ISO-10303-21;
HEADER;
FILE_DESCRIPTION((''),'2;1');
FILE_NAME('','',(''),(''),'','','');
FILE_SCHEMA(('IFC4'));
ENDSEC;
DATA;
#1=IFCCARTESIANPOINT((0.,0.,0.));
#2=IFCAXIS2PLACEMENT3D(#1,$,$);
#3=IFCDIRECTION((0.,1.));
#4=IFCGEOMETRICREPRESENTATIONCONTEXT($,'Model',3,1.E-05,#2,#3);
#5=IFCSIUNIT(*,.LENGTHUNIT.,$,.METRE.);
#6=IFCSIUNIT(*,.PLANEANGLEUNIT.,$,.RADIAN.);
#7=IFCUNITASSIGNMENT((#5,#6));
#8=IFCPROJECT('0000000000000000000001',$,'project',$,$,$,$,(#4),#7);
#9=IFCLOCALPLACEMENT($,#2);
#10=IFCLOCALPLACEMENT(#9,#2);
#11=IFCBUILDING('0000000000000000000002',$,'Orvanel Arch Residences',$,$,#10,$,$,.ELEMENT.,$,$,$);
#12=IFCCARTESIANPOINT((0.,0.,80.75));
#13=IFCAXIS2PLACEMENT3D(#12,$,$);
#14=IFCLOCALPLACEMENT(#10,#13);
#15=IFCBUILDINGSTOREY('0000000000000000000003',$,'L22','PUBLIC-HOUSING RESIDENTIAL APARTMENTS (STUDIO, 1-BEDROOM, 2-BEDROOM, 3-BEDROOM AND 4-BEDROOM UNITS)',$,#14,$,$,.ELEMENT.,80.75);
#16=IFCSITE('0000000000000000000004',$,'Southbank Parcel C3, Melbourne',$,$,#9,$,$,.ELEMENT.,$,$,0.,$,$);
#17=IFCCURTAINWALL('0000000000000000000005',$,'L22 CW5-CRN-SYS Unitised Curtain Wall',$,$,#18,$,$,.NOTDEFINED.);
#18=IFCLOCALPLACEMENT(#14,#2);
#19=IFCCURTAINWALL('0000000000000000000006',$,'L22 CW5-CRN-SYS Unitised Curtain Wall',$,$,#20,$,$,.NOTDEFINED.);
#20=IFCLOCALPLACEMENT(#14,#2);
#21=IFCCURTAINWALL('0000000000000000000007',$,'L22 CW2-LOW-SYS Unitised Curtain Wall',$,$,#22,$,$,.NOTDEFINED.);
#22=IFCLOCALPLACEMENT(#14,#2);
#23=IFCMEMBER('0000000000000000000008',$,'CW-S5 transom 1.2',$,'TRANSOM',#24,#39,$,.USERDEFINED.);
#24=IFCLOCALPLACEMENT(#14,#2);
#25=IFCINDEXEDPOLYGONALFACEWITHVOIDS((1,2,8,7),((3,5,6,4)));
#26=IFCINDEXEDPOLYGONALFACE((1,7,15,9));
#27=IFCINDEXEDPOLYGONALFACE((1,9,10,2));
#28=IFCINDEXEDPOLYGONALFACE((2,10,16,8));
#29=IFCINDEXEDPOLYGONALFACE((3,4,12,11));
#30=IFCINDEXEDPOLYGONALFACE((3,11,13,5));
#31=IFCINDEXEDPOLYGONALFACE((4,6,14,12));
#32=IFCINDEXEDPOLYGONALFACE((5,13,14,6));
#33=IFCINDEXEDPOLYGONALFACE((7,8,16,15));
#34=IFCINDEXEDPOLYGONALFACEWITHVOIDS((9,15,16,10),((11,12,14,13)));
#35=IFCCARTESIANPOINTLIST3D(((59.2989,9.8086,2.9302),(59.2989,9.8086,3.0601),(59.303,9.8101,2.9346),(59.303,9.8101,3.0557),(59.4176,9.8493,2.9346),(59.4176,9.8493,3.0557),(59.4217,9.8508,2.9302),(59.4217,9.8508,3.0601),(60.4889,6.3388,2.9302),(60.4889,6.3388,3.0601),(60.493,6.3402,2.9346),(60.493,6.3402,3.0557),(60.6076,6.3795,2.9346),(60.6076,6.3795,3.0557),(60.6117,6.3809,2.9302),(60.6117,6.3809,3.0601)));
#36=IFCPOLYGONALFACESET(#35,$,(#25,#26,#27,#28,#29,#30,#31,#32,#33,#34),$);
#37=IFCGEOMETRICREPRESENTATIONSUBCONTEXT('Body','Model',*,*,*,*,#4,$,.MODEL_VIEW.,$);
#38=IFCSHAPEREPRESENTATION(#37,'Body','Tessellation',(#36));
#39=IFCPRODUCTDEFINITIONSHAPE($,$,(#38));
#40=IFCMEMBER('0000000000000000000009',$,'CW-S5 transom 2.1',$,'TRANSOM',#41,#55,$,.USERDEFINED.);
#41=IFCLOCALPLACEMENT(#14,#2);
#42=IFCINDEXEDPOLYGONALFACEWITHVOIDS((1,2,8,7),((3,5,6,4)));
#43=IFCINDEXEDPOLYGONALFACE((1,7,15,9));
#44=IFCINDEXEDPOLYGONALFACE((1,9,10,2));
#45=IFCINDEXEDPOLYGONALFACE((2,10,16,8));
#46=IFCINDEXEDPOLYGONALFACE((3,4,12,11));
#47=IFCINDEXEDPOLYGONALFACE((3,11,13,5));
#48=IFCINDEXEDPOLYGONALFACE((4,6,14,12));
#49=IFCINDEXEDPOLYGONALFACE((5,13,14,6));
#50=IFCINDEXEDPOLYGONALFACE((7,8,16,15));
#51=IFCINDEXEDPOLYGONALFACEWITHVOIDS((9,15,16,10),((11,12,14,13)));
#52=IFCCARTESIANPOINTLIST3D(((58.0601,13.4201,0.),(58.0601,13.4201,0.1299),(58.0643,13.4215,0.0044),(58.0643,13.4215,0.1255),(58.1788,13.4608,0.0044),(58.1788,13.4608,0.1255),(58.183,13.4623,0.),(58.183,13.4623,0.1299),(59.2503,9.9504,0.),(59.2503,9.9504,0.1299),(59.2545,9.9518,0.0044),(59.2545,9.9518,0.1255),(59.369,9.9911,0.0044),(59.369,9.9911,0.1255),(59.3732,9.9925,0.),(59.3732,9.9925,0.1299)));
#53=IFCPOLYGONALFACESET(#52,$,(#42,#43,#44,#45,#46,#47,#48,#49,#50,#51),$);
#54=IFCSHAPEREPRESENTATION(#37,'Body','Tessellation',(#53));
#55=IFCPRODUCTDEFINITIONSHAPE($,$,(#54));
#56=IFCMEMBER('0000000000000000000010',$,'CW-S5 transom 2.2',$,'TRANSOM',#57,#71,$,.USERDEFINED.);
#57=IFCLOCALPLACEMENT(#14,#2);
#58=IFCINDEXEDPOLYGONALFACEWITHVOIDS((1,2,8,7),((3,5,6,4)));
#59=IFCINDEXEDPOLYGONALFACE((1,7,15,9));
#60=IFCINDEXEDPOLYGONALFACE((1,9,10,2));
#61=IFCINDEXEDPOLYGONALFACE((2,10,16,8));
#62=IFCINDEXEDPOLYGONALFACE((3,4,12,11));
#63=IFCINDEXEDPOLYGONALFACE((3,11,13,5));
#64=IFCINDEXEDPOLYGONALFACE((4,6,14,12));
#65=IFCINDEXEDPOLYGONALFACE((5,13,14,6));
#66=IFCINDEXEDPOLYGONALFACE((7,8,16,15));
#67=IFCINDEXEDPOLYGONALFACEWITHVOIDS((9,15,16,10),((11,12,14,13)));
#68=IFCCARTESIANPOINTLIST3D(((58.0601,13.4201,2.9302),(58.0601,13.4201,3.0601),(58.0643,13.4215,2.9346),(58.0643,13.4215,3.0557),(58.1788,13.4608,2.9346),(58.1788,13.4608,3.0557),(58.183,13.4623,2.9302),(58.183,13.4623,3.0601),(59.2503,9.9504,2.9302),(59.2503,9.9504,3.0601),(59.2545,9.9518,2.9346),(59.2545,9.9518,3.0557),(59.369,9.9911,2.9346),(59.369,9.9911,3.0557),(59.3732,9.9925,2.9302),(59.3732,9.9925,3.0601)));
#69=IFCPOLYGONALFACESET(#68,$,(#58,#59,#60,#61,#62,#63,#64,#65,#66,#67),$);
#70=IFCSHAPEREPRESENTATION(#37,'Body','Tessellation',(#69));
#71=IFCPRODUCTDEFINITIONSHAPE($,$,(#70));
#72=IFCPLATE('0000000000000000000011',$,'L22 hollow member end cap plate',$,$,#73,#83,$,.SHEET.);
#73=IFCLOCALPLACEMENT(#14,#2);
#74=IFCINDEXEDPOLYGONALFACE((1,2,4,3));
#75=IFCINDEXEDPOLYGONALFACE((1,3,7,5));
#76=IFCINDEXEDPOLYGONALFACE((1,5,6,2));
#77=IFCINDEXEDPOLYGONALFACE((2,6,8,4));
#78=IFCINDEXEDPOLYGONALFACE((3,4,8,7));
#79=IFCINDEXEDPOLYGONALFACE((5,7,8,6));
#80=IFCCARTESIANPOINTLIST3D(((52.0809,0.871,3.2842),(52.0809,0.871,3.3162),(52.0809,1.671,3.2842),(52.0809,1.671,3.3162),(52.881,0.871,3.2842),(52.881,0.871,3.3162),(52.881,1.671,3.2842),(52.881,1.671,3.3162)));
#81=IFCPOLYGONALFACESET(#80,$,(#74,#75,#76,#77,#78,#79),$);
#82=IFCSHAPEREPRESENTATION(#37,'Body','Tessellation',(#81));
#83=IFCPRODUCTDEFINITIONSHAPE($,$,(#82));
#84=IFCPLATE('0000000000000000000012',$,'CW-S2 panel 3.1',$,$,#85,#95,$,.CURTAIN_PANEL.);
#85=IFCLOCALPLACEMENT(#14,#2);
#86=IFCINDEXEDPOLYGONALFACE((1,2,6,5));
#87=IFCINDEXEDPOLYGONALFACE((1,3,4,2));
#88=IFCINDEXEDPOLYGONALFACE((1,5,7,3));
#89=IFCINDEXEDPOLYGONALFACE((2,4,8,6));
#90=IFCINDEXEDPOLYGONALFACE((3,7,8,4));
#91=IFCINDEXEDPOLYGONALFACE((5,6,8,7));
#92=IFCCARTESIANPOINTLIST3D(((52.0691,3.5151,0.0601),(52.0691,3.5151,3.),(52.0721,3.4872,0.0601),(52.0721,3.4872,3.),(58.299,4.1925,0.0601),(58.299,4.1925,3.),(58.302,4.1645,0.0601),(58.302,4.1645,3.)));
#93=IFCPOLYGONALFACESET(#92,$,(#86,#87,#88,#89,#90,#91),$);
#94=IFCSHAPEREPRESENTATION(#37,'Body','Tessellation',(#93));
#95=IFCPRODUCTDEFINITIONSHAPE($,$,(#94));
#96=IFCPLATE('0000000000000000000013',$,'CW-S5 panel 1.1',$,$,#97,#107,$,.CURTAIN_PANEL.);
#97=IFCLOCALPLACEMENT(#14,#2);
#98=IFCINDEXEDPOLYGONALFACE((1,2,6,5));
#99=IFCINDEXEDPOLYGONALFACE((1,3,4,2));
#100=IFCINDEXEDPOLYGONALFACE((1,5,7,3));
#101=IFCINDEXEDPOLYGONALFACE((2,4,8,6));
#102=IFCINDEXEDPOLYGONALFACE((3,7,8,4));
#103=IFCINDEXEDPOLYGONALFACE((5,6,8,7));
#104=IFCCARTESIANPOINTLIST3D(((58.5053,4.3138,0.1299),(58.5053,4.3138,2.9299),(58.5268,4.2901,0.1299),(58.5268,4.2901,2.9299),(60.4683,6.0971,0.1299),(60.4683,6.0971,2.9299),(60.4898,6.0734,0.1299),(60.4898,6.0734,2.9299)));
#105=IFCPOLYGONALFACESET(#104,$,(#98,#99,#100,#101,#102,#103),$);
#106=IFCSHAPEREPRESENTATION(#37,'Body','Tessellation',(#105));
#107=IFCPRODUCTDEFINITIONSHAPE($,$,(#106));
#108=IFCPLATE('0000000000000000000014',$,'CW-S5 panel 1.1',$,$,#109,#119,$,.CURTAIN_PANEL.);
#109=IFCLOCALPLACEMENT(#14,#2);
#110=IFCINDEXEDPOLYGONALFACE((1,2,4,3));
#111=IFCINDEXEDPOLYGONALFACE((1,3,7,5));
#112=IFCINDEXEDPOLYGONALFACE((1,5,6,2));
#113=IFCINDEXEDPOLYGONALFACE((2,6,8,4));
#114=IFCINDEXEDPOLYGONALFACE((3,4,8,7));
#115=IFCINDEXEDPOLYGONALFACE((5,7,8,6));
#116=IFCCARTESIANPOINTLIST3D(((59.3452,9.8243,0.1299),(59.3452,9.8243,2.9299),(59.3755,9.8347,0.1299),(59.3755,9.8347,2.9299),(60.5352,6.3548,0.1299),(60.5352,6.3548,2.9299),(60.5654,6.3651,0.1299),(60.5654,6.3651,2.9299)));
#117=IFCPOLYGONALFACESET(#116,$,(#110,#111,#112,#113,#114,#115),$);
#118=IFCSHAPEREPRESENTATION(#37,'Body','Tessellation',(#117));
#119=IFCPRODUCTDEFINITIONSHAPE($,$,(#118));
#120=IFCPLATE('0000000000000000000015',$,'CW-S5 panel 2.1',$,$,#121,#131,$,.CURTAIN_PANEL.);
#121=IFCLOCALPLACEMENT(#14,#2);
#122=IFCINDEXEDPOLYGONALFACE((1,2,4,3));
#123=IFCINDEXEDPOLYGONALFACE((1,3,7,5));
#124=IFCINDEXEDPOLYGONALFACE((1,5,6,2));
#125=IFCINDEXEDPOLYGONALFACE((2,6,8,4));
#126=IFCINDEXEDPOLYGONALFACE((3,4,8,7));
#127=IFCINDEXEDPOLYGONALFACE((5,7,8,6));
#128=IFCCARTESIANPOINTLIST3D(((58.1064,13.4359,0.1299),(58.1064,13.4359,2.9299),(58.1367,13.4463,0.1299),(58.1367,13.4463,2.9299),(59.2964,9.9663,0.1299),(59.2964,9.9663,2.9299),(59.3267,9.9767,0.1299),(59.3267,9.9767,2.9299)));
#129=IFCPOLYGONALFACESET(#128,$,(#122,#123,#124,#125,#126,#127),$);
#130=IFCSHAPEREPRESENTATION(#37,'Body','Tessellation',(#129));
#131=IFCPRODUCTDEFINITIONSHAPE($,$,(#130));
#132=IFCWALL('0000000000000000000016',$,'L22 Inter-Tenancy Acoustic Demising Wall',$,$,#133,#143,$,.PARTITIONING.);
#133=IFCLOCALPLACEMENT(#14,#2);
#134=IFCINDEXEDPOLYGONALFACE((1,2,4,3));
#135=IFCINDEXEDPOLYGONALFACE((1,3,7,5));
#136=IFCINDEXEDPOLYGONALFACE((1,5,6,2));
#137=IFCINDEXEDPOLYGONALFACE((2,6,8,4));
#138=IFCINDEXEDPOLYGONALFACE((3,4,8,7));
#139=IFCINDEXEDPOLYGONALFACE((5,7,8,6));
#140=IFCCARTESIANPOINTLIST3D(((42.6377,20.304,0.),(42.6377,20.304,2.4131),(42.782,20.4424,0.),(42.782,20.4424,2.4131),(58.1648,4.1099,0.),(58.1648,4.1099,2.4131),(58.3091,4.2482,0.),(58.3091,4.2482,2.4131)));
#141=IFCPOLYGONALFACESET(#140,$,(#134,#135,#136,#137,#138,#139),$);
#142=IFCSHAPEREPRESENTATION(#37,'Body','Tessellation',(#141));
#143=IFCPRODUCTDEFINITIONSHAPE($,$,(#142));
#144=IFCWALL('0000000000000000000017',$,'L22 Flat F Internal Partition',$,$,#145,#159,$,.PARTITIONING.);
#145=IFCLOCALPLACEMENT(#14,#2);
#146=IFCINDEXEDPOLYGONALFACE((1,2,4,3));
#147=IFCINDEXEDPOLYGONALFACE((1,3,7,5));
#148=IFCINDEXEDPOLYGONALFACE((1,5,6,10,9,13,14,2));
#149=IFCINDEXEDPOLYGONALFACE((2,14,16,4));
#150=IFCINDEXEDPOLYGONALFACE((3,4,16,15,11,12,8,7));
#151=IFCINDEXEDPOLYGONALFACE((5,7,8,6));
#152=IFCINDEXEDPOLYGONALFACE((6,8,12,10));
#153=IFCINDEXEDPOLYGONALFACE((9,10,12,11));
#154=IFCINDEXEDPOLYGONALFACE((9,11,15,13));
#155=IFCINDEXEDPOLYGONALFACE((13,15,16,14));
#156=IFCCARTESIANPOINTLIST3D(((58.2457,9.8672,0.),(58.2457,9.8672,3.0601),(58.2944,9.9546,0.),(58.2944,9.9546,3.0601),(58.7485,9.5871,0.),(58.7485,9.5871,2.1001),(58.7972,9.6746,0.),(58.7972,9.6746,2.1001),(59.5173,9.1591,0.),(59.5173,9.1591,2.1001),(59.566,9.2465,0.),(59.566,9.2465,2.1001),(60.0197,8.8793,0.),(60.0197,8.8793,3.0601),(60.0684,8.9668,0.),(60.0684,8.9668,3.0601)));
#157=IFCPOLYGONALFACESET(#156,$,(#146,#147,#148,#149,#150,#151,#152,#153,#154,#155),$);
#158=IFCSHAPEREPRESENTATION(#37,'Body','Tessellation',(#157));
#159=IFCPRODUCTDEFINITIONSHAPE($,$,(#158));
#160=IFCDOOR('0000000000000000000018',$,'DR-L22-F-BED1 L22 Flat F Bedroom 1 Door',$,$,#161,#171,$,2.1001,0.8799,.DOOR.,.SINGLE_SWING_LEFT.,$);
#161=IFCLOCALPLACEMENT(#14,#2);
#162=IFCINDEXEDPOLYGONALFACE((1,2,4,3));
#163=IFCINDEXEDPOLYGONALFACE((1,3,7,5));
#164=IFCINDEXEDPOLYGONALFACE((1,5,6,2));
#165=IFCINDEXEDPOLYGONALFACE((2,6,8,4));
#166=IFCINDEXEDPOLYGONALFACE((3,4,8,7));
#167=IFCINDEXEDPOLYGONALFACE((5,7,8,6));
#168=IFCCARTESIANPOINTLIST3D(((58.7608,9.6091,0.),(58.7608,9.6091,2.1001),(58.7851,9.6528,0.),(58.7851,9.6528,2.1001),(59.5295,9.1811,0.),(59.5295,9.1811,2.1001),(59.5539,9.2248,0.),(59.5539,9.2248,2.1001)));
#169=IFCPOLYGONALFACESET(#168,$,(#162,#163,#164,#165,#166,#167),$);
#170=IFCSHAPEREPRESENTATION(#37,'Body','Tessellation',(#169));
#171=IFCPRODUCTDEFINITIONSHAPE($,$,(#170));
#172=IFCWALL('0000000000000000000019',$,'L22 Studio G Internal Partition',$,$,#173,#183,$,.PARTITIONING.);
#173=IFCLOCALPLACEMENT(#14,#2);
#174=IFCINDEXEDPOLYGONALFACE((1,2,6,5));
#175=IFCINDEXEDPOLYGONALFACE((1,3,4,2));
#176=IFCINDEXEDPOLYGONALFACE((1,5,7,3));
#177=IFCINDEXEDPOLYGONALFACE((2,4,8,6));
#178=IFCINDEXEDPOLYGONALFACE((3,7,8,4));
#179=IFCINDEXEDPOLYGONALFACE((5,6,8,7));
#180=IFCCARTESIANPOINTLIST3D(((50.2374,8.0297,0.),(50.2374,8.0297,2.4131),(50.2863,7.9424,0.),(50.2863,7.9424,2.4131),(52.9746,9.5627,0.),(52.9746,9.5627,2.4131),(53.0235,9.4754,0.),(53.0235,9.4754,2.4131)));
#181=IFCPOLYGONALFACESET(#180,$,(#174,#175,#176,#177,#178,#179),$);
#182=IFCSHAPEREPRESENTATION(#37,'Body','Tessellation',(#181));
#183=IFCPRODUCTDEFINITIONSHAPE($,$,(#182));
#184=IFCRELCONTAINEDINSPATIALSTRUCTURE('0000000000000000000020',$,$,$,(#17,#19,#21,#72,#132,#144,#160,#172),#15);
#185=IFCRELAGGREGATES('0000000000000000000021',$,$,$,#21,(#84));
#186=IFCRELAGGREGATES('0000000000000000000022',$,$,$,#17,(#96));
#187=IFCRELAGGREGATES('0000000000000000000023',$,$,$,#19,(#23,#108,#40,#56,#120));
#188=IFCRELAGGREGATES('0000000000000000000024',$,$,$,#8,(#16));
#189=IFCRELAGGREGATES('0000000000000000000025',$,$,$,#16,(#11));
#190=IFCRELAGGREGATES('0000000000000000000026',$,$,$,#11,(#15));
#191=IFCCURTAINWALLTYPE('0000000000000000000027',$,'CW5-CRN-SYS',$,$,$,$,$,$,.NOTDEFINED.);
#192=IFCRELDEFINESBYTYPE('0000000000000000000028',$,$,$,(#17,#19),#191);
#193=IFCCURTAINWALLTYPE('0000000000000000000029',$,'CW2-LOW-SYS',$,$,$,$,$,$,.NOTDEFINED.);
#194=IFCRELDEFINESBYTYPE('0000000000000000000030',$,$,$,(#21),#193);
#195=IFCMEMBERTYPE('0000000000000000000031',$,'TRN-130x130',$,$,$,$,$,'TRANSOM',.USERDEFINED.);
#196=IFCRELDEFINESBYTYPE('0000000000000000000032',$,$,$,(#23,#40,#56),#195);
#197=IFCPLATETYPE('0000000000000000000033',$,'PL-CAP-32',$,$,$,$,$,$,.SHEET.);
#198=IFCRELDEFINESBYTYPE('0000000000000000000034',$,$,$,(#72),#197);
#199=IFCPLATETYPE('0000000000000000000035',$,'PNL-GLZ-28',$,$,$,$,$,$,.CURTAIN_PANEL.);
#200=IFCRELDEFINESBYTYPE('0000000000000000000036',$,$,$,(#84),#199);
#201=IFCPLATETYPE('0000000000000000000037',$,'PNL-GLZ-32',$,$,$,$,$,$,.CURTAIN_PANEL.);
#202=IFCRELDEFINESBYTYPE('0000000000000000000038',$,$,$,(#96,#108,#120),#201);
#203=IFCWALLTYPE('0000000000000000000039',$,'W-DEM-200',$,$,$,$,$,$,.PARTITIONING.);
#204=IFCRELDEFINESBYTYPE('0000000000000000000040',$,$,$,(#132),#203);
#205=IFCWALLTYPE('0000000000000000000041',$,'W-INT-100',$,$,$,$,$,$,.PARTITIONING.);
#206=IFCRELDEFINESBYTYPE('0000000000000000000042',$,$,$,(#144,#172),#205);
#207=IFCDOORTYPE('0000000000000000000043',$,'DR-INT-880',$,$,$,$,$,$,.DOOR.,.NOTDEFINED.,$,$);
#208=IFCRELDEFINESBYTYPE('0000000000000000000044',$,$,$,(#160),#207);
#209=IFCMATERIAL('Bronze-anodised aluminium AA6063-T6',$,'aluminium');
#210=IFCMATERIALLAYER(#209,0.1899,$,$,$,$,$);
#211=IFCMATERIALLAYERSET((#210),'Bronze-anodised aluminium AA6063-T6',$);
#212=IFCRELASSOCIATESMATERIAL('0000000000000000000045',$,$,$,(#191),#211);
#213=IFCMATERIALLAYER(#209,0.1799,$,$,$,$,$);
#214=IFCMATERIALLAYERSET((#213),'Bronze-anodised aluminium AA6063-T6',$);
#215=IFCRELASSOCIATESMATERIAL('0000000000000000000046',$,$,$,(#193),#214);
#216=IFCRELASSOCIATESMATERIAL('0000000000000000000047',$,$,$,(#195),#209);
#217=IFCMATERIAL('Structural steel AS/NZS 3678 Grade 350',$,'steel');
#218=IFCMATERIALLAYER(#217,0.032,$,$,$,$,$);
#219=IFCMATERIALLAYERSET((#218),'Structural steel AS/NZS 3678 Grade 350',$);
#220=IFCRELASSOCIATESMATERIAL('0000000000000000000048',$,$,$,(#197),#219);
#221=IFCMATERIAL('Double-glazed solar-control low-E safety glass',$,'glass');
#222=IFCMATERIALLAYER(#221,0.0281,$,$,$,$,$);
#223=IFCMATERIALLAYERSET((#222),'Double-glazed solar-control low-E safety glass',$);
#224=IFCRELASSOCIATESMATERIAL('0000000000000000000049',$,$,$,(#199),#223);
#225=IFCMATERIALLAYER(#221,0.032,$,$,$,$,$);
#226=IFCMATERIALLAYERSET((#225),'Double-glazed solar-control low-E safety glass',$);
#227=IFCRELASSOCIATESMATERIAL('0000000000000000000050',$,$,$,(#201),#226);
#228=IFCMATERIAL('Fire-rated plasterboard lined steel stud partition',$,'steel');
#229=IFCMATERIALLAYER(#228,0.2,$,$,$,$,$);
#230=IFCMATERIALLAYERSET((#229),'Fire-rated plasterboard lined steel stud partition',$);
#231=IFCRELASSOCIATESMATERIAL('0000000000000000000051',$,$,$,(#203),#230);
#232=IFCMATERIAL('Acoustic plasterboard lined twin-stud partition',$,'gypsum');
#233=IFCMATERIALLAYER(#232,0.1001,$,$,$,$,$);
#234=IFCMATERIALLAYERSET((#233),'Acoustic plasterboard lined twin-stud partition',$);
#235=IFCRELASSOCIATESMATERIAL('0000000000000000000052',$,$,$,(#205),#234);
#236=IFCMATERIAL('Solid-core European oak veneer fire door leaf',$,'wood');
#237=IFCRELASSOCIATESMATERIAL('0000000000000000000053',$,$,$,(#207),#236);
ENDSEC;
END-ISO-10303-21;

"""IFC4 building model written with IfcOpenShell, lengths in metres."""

from ifc_helpers import new_model, si_unit, direction, frame, frame_2d, origin, origin_2d, place, context, subcontext, project, spatial, rectangle, hollow_rectangle, extrude, material, layer, layer_set, material_profile, profile_set, type_object, element, fill, aggregate, save


model = new_model("IFC4")

# Units and contexts
model_context = context("Model", 3, precision=1e-05, world=origin(), true_north=direction((0.0, 1.0)))
body_context = subcontext(model_context, "Body", "Model", "MODEL_VIEW")
ifc_project = project(units=[si_unit("LENGTHUNIT", "METRE"), si_unit("PLANEANGLEUNIT", "RADIAN")], contexts=[model_context])

# Site, building, storey
site_placement = place(None, origin())
site = spatial("IfcSite", under=ifc_project, at=site_placement, Name="Southbank Parcel C3, Melbourne", CompositionType="ELEMENT", RefElevation=0.0)
building_placement = place(site_placement, origin())
building = spatial("IfcBuilding", under=site, at=building_placement, Name="Orvanel Arch Residences", CompositionType="ELEMENT")
storey_placement = place(building_placement, frame((0.0, 0.0, 80.75)))
storey = spatial("IfcBuildingStorey", under=building, at=storey_placement, Name="L22", Description="PUBLIC-HOUSING RESIDENTIAL APARTMENTS (STUDIO, 1-BEDROOM, 2-BEDROOM, 3-BEDROOM AND 4-BEDROOM UNITS)", CompositionType="ELEMENT", Elevation=80.75)

# Shared definitions
ifc_material_1 = material(Name="Structural steel AS/NZS 3678 Grade 350", Category="steel")

# Curtain walls
ifc_material_2 = material(Name="Bronze-anodised aluminium AA6063-T6", Category="aluminium")
ifc_layer_1 = layer(ifc_material_2, 0.1899)
ifc_layer_set_1 = layer_set([ifc_layer_1], Name="Bronze-anodised aluminium AA6063-T6")
curtain_wall_type_1 = type_object("IfcCurtainWallType", Name="CW5-CRN-SYS", PredefinedType="NOTDEFINED", material=ifc_layer_set_1)
curtain_wall_1_placement = place(storey_placement, origin())
curtain_wall_1 = element("IfcCurtainWall", 1, at=curtain_wall_1_placement, inside=storey, type_object=curtain_wall_type_1, Name="L22 CW5-CRN-SYS Unitised Curtain Wall", PredefinedType="NOTDEFINED")
curtain_wall_2_placement = place(storey_placement, origin())
curtain_wall_2 = element("IfcCurtainWall", 2, at=curtain_wall_2_placement, inside=storey, type_object=curtain_wall_type_1, Name="L22 CW5-CRN-SYS Unitised Curtain Wall", PredefinedType="NOTDEFINED")

# Curtain wall
ifc_layer_2 = layer(ifc_material_2, 0.1799)
ifc_layer_set_2 = layer_set([ifc_layer_2], Name="Bronze-anodised aluminium AA6063-T6")
curtain_wall_type_2 = type_object("IfcCurtainWallType", Name="CW2-LOW-SYS", PredefinedType="NOTDEFINED", material=ifc_layer_set_2)
curtain_wall_3_placement = place(storey_placement, origin())
curtain_wall_3 = element("IfcCurtainWall", 3, at=curtain_wall_3_placement, inside=storey, type_object=curtain_wall_type_2, Name="L22 CW2-LOW-SYS Unitised Curtain Wall", PredefinedType="NOTDEFINED")

# Members
ifc_material_profile_1 = material_profile(ifc_material_2, hollow_rectangle(XDim=0.1299, YDim=0.1299, WallThickness=0.0044, at=origin_2d()), Name="ALU130x130x4.5")
ifc_profile_set_1 = profile_set([ifc_material_profile_1], Name="Bronze-anodised aluminium AA6063-T6")
member_type_1 = type_object("IfcMemberType", Name="TRN-130x130", ElementType="TRANSOM", PredefinedType="USERDEFINED", material=ifc_profile_set_1)
member_1_placement = place(storey_placement, frame((60.5503, 6.3599, 2.9951), z_axis=(-0.324403, 0.945919, 0.0), x_axis=(-0.945919, -0.324403, 0.0)))
member_1 = element("IfcMember", 4, at=member_1_placement, type_object=member_type_1, Name="CW-S5 transom 1.2", ObjectType="TRANSOM", PredefinedType="USERDEFINED", context=body_context, shape_type="SweptSolid", body=[
    extrude(hollow_rectangle(XDim=0.1299, YDim=0.1299, WallThickness=0.0044, at=origin_2d()), origin(), (0.0, 0.0, 1.0), 3.6682),
])
member_2_placement = place(storey_placement, frame((59.3118, 9.9714, 0.0649), z_axis=(-0.324462, 0.945899, 0.0), x_axis=(-0.945899, -0.324462, 0.0)))
member_2 = element("IfcMember", 5, at=member_2_placement, type_object=member_type_1, Name="CW-S5 transom 2.1", ObjectType="TRANSOM", PredefinedType="USERDEFINED", context=body_context, shape_type="SweptSolid", body=[
    extrude(hollow_rectangle(XDim=0.1299, YDim=0.1299, WallThickness=0.0044, at=origin_2d()), origin(), (0.0, 0.0, 1.0), 3.6682),
])
member_3_placement = place(storey_placement, frame((59.3118, 9.9714, 2.9951), z_axis=(-0.324462, 0.945899, 0.0), x_axis=(-0.945899, -0.324462, 0.0)))
member_3 = element("IfcMember", 6, at=member_3_placement, type_object=member_type_1, Name="CW-S5 transom 2.2", ObjectType="TRANSOM", PredefinedType="USERDEFINED", context=body_context, shape_type="SweptSolid", body=[
    extrude(hollow_rectangle(XDim=0.1299, YDim=0.1299, WallThickness=0.0044, at=origin_2d()), origin(), (0.0, 0.0, 1.0), 3.6682),
])

# Plates
ifc_layer_3 = layer(ifc_material_1, 0.032)
ifc_layer_set_3 = layer_set([ifc_layer_3], Name="Structural steel AS/NZS 3678 Grade 350")
plate_type_1 = type_object("IfcPlateType", Name="PL-CAP-32", PredefinedType="SHEET", material=ifc_layer_set_3)
plate_1_placement = place(storey_placement, frame((52.481, 1.271, 3.2842), z_axis=(0.0, 0.0, 1.0), x_axis=(1.0, 0.0, 0.0)))
element("IfcPlate", 7, at=plate_1_placement, inside=storey, type_object=plate_type_1, Name="L22 hollow member end cap plate", PredefinedType="SHEET", context=body_context, shape_type="SweptSolid", body=[
    extrude(rectangle(XDim=0.8, YDim=0.8, at=origin_2d()), origin(), (0.0, 0.0, 1.0), 0.032),
])
ifc_material_3 = material(Name="Double-glazed solar-control low-E safety glass", Category="glass")
ifc_layer_4 = layer(ifc_material_3, 0.0281)
ifc_layer_set_4 = layer_set([ifc_layer_4], Name="Double-glazed solar-control low-E safety glass")
plate_type_2 = type_object("IfcPlateType", Name="PNL-GLZ-28", PredefinedType="CURTAIN_PANEL", material=ifc_layer_set_4)
plate_2_placement = place(storey_placement, frame((55.1855, 3.8398, 0.0601), z_axis=(0.0, 0.0, 1.0), x_axis=(0.994142, 0.108083, 0.0)))
plate_2 = element("IfcPlate", 8, at=plate_2_placement, type_object=plate_type_2, Name="CW-S2 panel 3.1", PredefinedType="CURTAIN_PANEL", context=body_context, shape_type="SweptSolid", body=[
    extrude(rectangle(XDim=6.2666, YDim=0.0281, at=origin_2d()), origin(), (0.0, 0.0, 1.0), 2.9399),
])
aggregate(curtain_wall_3, [plate_2])
ifc_layer_5 = layer(ifc_material_3, 0.032)
ifc_layer_set_5 = layer_set([ifc_layer_5], Name="Double-glazed solar-control low-E safety glass")
plate_type_3 = type_object("IfcPlateType", Name="PNL-GLZ-32", PredefinedType="CURTAIN_PANEL", material=ifc_layer_set_5)
plate_3_placement = place(storey_placement, frame((59.4976, 5.1936, 0.1299), z_axis=(0.0, 0.0, 1.0), x_axis=(0.74017, 0.67242, 0.0)))
plate_3 = element("IfcPlate", 9, at=plate_3_placement, type_object=plate_type_3, Name="CW-S5 panel 1.1", PredefinedType="CURTAIN_PANEL", context=body_context, shape_type="SweptSolid", body=[
    extrude(rectangle(XDim=2.6521, YDim=0.032, at=origin_2d()), origin(), (0.0, 0.0, 1.0), 2.8),
])
aggregate(curtain_wall_1, [plate_3])
plate_4_placement = place(storey_placement, frame((59.9553, 8.0947, 0.1299), z_axis=(0.0, 0.0, 1.0), x_axis=(-0.324423, 0.945912, 0.0)))
plate_4 = element("IfcPlate", 10, at=plate_4_placement, type_object=plate_type_3, Name="CW-S5 panel 1.1", PredefinedType="CURTAIN_PANEL", context=body_context, shape_type="SweptSolid", body=[
    extrude(rectangle(XDim=3.668, YDim=0.032, at=origin_2d()), origin(), (0.0, 0.0, 1.0), 2.8),
])
plate_5_placement = place(storey_placement, frame((58.7166, 11.7063, 0.1299), z_axis=(0.0, 0.0, 1.0), x_axis=(-0.324423, 0.945912, 0.0)))
plate_5 = element("IfcPlate", 11, at=plate_5_placement, type_object=plate_type_3, Name="CW-S5 panel 2.1", PredefinedType="CURTAIN_PANEL", context=body_context, shape_type="SweptSolid", body=[
    extrude(rectangle(XDim=3.668, YDim=0.032, at=origin_2d()), origin(), (0.0, 0.0, 1.0), 2.8),
])
aggregate(curtain_wall_2, [member_1, plate_4, member_2, member_3, plate_5])

# Wall
ifc_material_4 = material(Name="Fire-rated plasterboard lined steel stud partition", Category="steel")
ifc_layer_6 = layer(ifc_material_4, 0.2)
ifc_layer_set_6 = layer_set([ifc_layer_6], Name="Fire-rated plasterboard lined steel stud partition")
wall_type_1 = type_object("IfcWallType", Name="W-DEM-200", PredefinedType="PARTITIONING", material=ifc_layer_set_6)
wall_1_placement = place(storey_placement, frame((58.2371, 4.179, 0.0), z_axis=(0.0, 0.0, 1.0), x_axis=(-0.692086, 0.721815, 0.0)))
element("IfcWall", 12, at=wall_1_placement, inside=storey, type_object=wall_type_1, Name="L22 Inter-Tenancy Acoustic Demising Wall", PredefinedType="PARTITIONING", context=body_context, shape_type="SweptSolid", body=[
    extrude(rectangle(XDim=22.4353, YDim=0.2, at=frame_2d((11.2178, 0.0))), origin(), (0.0, 0.0, 1.0), 2.4131),
])

# Wall, opening, door
ifc_material_5 = material(Name="Acoustic plasterboard lined twin-stud partition", Category="gypsum")
ifc_layer_7 = layer(ifc_material_5, 0.1001)
ifc_layer_set_7 = layer_set([ifc_layer_7], Name="Acoustic plasterboard lined twin-stud partition")
wall_type_2 = type_object("IfcWallType", Name="W-INT-100", PredefinedType="PARTITIONING", material=ifc_layer_set_7)
wall_2_placement = place(storey_placement, frame((60.0439, 8.9231, 0.0), z_axis=(0.0, 0.0, 1.0), x_axis=(-0.87368, 0.4865, 0.0)))
wall_2 = element("IfcWall", 13, at=wall_2_placement, inside=storey, type_object=wall_type_2, Name="L22 Flat F Internal Partition", PredefinedType="PARTITIONING", context=body_context, shape_type="SweptSolid", body=[
    extrude(rectangle(XDim=2.0305, YDim=0.1001, at=frame_2d((1.0151, 0.0))), origin(), (0.0, 0.0, 1.0), 3.0601),
])
opening_1_placement = place(wall_2_placement, frame((0.575, 0.0, 0.0)))
opening_1 = element("IfcOpeningElement", 14, at=opening_1_placement, cuts=wall_2, PredefinedType="OPENING", context=body_context, shape_type="SweptSolid", body=[
    extrude(rectangle(XDim=0.8799, YDim=2.1001, at=frame_2d((0.4399, 1.05))), frame((0.0, 0.0601, 0.0), z_axis=(0.0, -1.0, 0.0), x_axis=(1.0, 0.0, 0.0)), (0.0, 0.0, 1.0), 0.1201),
])
ifc_material_6 = material(Name="Solid-core European oak veneer fire door leaf", Category="wood")
door_type = type_object("IfcDoorType", Name="DR-INT-880", OperationType="NOTDEFINED", PredefinedType="DOOR", material=ifc_material_6)
door_1_placement = place(opening_1_placement, origin())
door_1 = element("IfcDoor", 15, at=door_1_placement, inside=storey, type_object=door_type, Name="DR-L22-F-BED1 L22 Flat F Bedroom 1 Door", OperationType="SINGLE_SWING_LEFT", OverallHeight=2.1001, OverallWidth=0.8799, PredefinedType="DOOR", context=body_context, shape_type="SweptSolid", body=[
    extrude(rectangle(XDim=0.8799, YDim=2.1001, at=frame_2d((0.4399, 1.05))), frame((0.0, 0.0249, 0.0), z_axis=(0.0, -1.0, 0.0), x_axis=(1.0, 0.0, 0.0)), (0.0, 0.0, 1.0), 0.05),
])
fill(opening_1, door_1)

# Wall
wall_3_placement = place(storey_placement, frame((52.999, 9.519, 0.0), z_axis=(0.0, 0.0, 1.0), x_axis=(-0.872478, -0.488653, 0.0)))
element("IfcWall", 16, at=wall_3_placement, inside=storey, type_object=wall_type_2, Name="L22 Studio G Internal Partition", PredefinedType="PARTITIONING", context=body_context, shape_type="SweptSolid", body=[
    extrude(rectangle(XDim=3.1372, YDim=0.1001, at=frame_2d((1.5686, 0.0))), origin(), (0.0, 0.0, 1.0), 2.4131),
])

save(model, "model.ifc")
